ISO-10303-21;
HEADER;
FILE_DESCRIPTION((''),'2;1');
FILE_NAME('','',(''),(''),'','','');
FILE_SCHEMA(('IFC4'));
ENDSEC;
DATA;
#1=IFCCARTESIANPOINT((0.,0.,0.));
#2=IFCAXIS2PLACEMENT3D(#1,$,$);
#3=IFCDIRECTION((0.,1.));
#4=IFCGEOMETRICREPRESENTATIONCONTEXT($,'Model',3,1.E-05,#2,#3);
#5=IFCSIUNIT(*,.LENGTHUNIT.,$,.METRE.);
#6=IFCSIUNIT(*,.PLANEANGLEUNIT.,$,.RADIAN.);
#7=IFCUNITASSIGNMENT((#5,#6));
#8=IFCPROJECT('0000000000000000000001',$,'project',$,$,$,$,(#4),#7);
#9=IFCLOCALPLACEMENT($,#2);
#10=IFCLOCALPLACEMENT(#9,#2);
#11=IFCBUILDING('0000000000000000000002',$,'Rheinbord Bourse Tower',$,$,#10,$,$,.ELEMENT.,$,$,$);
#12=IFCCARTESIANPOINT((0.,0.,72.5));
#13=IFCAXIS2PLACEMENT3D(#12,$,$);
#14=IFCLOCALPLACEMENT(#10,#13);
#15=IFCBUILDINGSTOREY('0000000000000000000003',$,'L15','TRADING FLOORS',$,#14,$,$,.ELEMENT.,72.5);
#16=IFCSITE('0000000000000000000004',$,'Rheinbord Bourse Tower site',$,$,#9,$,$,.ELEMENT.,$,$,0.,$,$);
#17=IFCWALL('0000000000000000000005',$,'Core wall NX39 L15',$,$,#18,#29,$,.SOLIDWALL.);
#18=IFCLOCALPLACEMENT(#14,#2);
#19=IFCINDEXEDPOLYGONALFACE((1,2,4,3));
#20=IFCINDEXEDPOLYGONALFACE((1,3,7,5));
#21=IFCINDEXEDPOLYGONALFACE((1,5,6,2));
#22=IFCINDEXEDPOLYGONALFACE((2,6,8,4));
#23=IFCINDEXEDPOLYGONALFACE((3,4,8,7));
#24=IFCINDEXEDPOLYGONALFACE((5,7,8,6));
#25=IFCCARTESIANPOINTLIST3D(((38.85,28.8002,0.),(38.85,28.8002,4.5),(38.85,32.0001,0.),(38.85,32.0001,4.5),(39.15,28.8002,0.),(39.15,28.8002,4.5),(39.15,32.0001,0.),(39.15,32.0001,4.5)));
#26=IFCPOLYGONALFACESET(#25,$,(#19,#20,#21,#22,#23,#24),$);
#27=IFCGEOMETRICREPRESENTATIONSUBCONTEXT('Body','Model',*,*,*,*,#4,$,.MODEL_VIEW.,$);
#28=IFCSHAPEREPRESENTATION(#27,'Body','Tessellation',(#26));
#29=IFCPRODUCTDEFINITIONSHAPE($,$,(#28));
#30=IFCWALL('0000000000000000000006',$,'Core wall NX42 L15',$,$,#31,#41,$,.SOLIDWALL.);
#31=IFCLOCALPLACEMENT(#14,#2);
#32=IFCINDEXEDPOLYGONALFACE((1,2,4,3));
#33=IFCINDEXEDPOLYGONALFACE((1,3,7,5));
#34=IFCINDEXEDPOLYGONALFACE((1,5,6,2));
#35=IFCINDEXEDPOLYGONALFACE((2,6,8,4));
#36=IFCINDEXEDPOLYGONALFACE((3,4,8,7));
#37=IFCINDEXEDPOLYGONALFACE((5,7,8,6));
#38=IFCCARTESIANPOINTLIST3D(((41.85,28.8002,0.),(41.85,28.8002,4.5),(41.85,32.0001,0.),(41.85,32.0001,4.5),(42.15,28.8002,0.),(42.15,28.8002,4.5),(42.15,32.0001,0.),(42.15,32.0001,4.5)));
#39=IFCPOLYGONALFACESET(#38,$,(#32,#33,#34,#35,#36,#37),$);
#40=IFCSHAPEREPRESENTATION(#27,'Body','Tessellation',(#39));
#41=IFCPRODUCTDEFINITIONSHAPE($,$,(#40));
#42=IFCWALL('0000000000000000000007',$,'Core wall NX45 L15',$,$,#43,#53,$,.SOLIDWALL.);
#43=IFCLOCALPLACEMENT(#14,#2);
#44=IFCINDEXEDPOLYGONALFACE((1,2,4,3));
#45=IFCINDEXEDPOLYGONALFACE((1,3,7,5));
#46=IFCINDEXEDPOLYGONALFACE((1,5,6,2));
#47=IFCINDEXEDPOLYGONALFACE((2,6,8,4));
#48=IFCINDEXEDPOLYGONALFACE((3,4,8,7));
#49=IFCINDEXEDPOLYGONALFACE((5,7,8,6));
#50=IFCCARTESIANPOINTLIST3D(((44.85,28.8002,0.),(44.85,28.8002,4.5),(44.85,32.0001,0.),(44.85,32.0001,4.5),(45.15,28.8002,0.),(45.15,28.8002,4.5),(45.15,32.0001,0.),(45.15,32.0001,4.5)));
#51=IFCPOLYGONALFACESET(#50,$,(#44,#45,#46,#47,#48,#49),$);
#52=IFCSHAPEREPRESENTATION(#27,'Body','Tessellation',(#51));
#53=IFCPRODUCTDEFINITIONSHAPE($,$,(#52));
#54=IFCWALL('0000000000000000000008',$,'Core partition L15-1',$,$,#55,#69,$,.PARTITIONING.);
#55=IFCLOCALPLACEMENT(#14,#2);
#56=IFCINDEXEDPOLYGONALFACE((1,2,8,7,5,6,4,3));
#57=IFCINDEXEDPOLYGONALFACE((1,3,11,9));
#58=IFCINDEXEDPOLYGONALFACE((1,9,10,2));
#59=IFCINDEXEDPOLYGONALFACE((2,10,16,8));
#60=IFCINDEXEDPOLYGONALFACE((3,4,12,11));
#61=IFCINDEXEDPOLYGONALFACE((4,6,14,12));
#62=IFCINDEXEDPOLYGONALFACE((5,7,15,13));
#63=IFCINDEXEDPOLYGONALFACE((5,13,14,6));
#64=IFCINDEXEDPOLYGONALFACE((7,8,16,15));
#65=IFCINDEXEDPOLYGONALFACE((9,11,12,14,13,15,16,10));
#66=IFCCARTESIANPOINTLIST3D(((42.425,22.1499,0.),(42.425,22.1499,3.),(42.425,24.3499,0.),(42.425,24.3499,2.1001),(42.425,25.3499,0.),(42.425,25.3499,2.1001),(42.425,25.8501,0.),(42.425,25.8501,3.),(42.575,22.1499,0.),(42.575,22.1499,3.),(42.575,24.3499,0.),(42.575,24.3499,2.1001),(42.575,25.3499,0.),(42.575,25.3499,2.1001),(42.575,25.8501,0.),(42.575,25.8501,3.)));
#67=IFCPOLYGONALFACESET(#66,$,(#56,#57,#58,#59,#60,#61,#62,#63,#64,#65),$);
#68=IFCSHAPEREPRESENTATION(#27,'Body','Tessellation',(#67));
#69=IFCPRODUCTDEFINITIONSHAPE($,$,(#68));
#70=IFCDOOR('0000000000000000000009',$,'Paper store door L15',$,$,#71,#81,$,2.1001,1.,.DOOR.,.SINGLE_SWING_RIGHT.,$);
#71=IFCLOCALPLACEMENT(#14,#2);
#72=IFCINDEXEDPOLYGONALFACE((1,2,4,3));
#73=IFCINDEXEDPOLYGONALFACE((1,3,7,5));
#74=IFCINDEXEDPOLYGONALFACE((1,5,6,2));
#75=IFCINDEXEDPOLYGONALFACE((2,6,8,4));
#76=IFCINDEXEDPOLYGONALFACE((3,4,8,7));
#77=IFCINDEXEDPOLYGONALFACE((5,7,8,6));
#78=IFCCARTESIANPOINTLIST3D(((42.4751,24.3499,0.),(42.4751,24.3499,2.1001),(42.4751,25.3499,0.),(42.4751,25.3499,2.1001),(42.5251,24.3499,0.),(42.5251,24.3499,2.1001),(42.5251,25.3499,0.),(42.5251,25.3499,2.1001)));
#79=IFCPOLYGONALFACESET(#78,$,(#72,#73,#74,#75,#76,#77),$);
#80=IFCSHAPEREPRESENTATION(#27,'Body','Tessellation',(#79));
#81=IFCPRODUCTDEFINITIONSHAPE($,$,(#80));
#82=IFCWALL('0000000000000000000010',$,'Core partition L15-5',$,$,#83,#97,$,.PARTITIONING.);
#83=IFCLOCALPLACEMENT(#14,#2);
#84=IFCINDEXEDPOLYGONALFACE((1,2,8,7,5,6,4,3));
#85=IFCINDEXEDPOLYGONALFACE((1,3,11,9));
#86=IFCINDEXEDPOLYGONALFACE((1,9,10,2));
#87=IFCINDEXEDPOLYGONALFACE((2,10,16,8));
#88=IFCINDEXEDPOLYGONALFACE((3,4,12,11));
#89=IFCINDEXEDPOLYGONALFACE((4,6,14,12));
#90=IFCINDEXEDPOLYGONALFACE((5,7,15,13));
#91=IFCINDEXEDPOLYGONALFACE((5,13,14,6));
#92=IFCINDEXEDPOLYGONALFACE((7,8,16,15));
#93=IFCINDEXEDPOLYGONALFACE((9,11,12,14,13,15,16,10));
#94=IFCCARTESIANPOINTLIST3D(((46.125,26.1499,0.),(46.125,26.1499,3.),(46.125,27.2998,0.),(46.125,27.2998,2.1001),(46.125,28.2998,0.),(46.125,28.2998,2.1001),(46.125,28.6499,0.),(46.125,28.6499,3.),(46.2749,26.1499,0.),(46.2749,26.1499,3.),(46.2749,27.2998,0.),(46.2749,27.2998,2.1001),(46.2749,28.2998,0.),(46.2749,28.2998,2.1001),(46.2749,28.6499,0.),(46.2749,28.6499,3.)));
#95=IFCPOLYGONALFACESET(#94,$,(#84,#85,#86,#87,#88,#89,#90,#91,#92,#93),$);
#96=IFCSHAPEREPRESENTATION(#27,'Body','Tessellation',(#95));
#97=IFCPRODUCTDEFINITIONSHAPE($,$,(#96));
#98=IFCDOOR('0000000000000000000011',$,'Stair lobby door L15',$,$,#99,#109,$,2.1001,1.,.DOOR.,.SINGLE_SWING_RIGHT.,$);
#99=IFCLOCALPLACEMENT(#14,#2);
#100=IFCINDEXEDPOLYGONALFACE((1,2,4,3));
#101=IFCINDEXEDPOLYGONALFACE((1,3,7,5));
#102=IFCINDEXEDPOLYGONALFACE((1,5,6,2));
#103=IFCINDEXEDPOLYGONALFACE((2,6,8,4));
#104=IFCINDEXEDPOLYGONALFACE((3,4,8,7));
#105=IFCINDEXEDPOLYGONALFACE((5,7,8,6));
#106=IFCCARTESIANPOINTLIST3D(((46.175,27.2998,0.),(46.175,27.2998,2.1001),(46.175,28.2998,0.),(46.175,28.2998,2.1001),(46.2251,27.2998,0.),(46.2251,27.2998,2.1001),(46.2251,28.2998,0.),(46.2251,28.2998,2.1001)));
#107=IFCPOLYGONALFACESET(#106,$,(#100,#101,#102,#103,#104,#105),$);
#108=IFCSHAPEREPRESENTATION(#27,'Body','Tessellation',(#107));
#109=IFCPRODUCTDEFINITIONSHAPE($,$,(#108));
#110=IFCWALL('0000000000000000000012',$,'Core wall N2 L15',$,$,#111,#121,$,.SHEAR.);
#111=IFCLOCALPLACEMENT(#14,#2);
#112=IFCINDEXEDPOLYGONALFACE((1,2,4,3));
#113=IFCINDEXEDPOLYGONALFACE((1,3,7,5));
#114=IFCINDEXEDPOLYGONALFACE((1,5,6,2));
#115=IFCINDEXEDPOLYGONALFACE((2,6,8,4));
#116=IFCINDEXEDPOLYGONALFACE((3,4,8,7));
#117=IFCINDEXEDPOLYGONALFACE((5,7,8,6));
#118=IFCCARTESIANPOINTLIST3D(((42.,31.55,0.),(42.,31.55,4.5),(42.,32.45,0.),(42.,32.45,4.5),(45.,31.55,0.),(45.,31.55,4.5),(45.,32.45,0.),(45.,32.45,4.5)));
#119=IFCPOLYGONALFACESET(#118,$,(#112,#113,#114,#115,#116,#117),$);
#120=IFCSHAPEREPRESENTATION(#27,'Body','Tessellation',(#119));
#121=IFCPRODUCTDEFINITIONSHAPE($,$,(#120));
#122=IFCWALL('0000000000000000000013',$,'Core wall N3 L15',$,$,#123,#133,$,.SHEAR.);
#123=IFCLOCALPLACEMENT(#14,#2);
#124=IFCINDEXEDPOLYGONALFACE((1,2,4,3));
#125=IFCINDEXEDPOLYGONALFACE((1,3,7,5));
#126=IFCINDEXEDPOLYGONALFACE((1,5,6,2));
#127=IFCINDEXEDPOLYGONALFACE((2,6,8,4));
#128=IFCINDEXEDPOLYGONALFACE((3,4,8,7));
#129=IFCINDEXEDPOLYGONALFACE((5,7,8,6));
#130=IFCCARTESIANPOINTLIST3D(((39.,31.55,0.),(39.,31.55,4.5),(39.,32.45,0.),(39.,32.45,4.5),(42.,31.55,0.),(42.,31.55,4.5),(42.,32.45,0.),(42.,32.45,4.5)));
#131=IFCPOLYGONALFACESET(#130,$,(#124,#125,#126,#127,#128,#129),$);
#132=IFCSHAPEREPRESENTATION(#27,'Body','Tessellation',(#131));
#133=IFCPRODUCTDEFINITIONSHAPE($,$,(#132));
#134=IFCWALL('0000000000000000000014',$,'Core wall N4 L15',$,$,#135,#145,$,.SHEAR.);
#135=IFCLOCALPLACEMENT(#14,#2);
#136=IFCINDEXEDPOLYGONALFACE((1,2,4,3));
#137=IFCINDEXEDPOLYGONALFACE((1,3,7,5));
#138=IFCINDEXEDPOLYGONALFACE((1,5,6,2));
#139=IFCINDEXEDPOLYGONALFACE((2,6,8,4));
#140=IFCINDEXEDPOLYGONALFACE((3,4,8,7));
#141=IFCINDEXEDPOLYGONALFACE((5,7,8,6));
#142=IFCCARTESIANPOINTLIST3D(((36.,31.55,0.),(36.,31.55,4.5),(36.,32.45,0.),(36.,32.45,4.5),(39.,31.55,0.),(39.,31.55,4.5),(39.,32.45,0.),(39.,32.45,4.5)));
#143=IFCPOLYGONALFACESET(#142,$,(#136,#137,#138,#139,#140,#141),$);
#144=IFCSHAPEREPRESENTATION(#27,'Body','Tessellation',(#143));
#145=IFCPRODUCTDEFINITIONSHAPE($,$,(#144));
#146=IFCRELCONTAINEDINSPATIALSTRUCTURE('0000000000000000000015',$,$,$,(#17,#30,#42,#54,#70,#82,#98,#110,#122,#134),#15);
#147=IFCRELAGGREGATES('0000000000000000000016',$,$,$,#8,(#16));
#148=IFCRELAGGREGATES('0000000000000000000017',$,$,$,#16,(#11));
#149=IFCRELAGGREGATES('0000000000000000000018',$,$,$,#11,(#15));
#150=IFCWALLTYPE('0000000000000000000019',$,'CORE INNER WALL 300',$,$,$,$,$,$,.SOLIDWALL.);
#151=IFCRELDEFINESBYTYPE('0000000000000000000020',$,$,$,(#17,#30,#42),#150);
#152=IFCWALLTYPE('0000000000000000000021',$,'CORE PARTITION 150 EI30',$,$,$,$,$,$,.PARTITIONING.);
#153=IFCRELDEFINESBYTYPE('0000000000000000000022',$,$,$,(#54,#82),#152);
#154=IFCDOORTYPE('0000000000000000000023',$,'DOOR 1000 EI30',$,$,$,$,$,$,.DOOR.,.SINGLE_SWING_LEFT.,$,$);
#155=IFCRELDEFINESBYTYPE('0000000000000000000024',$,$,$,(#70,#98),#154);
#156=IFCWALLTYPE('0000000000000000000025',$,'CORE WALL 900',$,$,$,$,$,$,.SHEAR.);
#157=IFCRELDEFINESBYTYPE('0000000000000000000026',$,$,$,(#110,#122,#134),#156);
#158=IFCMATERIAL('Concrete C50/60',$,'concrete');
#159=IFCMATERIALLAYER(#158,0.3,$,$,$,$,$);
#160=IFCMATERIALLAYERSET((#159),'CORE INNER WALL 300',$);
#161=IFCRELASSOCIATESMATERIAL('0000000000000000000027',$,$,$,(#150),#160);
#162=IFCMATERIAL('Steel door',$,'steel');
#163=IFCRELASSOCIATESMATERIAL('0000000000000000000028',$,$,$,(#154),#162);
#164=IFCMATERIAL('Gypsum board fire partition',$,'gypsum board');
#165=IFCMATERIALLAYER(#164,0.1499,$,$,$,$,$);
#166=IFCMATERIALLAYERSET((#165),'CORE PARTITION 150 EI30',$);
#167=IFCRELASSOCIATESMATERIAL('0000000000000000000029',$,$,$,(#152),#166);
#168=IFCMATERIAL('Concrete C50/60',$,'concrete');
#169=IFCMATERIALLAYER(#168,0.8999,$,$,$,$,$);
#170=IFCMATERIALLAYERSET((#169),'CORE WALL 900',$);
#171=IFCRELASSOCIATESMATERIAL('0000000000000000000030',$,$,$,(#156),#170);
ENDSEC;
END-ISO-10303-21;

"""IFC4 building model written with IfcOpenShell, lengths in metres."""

from ifc_helpers import new_model, si_unit, direction, frame, frame_2d, origin, place, context, subcontext, project, spatial, rectangle, extrude, material, layer, layer_set, type_object, element, fill, save


model = new_model("IFC4")

# Units and contexts
model_context = context("Model", 3, precision=1e-05, world=origin(), true_north=direction((0.0, 1.0)))
body_context = subcontext(model_context, "Body", "Model", "MODEL_VIEW")
ifc_project = project(units=[si_unit("LENGTHUNIT", "METRE"), si_unit("PLANEANGLEUNIT", "RADIAN")], contexts=[model_context])

# Site, building, storey
site_placement = place(None, origin())
site = spatial("IfcSite", under=ifc_project, at=site_placement, Name="Rheinbord Bourse Tower site", CompositionType="ELEMENT", RefElevation=0.0)
building_placement = place(site_placement, origin())
building = spatial("IfcBuilding", under=site, at=building_placement, Name="Rheinbord Bourse Tower", CompositionType="ELEMENT")
storey_placement = place(building_placement, frame((0.0, 0.0, 72.5)))
storey = spatial("IfcBuildingStorey", under=building, at=storey_placement, Name="L15", Description="TRADING FLOORS", CompositionType="ELEMENT", Elevation=72.5)

# Shared definitions
ifc_material_1 = material(Name="Concrete C50/60", Category="concrete")
ifc_layer_1 = layer(ifc_material_1, 0.3)
ifc_layer_set_1 = layer_set([ifc_layer_1], Name="CORE INNER WALL 300")
wall_type_1 = type_object("IfcWallType", Name="CORE INNER WALL 300", PredefinedType="SOLIDWALL", material=ifc_layer_set_1)

# Shared definitions
ifc_material_2 = material(Name="Steel door", Category="steel")
door_type_1 = type_object("IfcDoorType", Name="DOOR 1000 EI30", OperationType="SINGLE_SWING_LEFT", PredefinedType="DOOR", material=ifc_material_2)

# Walls
for number, where, z_axis, x_axis, name in (
    (1, (39.0, 28.8, 0.0), (0.0, 0.0, 1.0), (0.0, 1.0, 0.0), "Core wall NX39 L15"),
    (2, (42.0, 28.8, 0.0), (0.0, 0.0, 1.0), (0.0, 1.0, 0.0), "Core wall NX42 L15"),
    (3, (45.0, 28.8, 0.0), (0.0, 0.0, 1.0), (0.0, 1.0, 0.0), "Core wall NX45 L15"),
):
    element("IfcWall", number, at=place(storey_placement, frame(where, z_axis=z_axis, x_axis=x_axis)), inside=storey, type_object=wall_type_1, Name=name, PredefinedType="SOLIDWALL", context=body_context, shape_type="SweptSolid", body=[
        extrude(rectangle(XDim=3.2, YDim=0.3, at=frame_2d((1.6001, 0.0))), origin(), (0.0, 0.0, 1.0), 4.5),
    ])

# Walls, openings, doors
ifc_material_3 = material(Name="Gypsum board fire partition", Category="gypsum board")
ifc_layer_2 = layer(ifc_material_3, 0.1499)
ifc_layer_set_2 = layer_set([ifc_layer_2], Name="CORE PARTITION 150 EI30")
wall_type_2 = type_object("IfcWallType", Name="CORE PARTITION 150 EI30", PredefinedType="PARTITIONING", material=ifc_layer_set_2)
wall_1_placement = place(storey_placement, frame((42.5, 22.1499, 0.0), z_axis=(0.0, 0.0, 1.0), x_axis=(0.0, 1.0, 0.0)))
wall_1 = element("IfcWall", 4, at=wall_1_placement, inside=storey, type_object=wall_type_2, Name="Core partition L15-1", PredefinedType="PARTITIONING", context=body_context, shape_type="SweptSolid", body=[
    extrude(rectangle(XDim=3.7002, YDim=0.1499, at=frame_2d((1.8501, 0.0))), origin(), (0.0, 0.0, 1.0), 3.0),
])
opening_1_placement = place(wall_1_placement, frame((2.2, 0.0, 0.0)))
opening_1 = element("IfcOpeningElement", 5, at=opening_1_placement, cuts=wall_1, PredefinedType="OPENING", context=body_context, shape_type="SweptSolid", body=[
    extrude(rectangle(XDim=1.0, YDim=2.1001, at=frame_2d((0.5, 1.05))), frame((0.0, 0.085, 0.0), z_axis=(0.0, -1.0, 0.0), x_axis=(1.0, 0.0, 0.0)), (0.0, 0.0, 1.0), 0.1699),
])
door_1_placement = place(opening_1_placement, origin())
door_1 = element("IfcDoor", 6, at=door_1_placement, inside=storey, type_object=door_type_1, Name="Paper store door L15", OperationType="SINGLE_SWING_RIGHT", OverallHeight=2.1001, OverallWidth=1.0, PredefinedType="DOOR", context=body_context, shape_type="SweptSolid", body=[
    extrude(rectangle(XDim=1.0, YDim=2.1001, at=frame_2d((0.5, 1.05))), frame((0.0, 0.0249, 0.0), z_axis=(0.0, -1.0, 0.0), x_axis=(1.0, 0.0, 0.0)), (0.0, 0.0, 1.0), 0.05),
])
fill(opening_1, door_1)
wall_2_placement = place(storey_placement, frame((46.2, 26.1499, 0.0), z_axis=(0.0, 0.0, 1.0), x_axis=(0.0, 1.0, 0.0)))
wall_2 = element("IfcWall", 7, at=wall_2_placement, inside=storey, type_object=wall_type_2, Name="Core partition L15-5", PredefinedType="PARTITIONING", context=body_context, shape_type="SweptSolid", body=[
    extrude(rectangle(XDim=2.5, YDim=0.1499, at=frame_2d((1.25, 0.0))), origin(), (0.0, 0.0, 1.0), 3.0),
])
opening_2_placement = place(wall_2_placement, frame((1.1499, 0.0, 0.0)))
opening_2 = element("IfcOpeningElement", 8, at=opening_2_placement, cuts=wall_2, PredefinedType="OPENING", context=body_context, shape_type="SweptSolid", body=[
    extrude(rectangle(XDim=1.0, YDim=2.1001, at=frame_2d((0.5, 1.05))), frame((0.0, 0.085, 0.0), z_axis=(0.0, -1.0, 0.0), x_axis=(1.0, 0.0, 0.0)), (0.0, 0.0, 1.0), 0.1699),
])
door_2_placement = place(opening_2_placement, origin())
door_2 = element("IfcDoor", 9, at=door_2_placement, inside=storey, type_object=door_type_1, Name="Stair lobby door L15", OperationType="SINGLE_SWING_RIGHT", OverallHeight=2.1001, OverallWidth=1.0, PredefinedType="DOOR", context=body_context, shape_type="SweptSolid", body=[
    extrude(rectangle(XDim=1.0, YDim=2.1001, at=frame_2d((0.5, 1.05))), frame((0.0, 0.0249, 0.0), z_axis=(0.0, -1.0, 0.0), x_axis=(1.0, 0.0, 0.0)), (0.0, 0.0, 1.0), 0.05),
])
fill(opening_2, door_2)

# Walls
ifc_material_4 = material(Name="Concrete C50/60", Category="concrete")
ifc_layer_3 = layer(ifc_material_4, 0.8999)
ifc_layer_set_3 = layer_set([ifc_layer_3], Name="CORE WALL 900")
wall_type_3 = type_object("IfcWallType", Name="CORE WALL 900", PredefinedType="SHEAR", material=ifc_layer_set_3)
for number, where, z_axis, x_axis, name in (
    (10, (45.0, 32.0, 0.0), (0.0, 0.0, 1.0), (-1.0, 0.0, 0.0), "Core wall N2 L15"),
    (11, (42.0, 32.0, 0.0), (0.0, 0.0, 1.0), (-1.0, 0.0, 0.0), "Core wall N3 L15"),
    (12, (39.0, 32.0, 0.0), (0.0, 0.0, 1.0), (-1.0, 0.0, 0.0), "Core wall N4 L15"),
):
    element("IfcWall", number, at=place(storey_placement, frame(where, z_axis=z_axis, x_axis=x_axis)), inside=storey, type_object=wall_type_3, Name=name, PredefinedType="SHEAR", context=body_context, shape_type="SweptSolid", body=[
        extrude(rectangle(XDim=3.0, YDim=0.8999, at=frame_2d((1.5, 0.0))), origin(), (0.0, 0.0, 1.0), 4.5),
    ])

save(model, "model.ifc")
